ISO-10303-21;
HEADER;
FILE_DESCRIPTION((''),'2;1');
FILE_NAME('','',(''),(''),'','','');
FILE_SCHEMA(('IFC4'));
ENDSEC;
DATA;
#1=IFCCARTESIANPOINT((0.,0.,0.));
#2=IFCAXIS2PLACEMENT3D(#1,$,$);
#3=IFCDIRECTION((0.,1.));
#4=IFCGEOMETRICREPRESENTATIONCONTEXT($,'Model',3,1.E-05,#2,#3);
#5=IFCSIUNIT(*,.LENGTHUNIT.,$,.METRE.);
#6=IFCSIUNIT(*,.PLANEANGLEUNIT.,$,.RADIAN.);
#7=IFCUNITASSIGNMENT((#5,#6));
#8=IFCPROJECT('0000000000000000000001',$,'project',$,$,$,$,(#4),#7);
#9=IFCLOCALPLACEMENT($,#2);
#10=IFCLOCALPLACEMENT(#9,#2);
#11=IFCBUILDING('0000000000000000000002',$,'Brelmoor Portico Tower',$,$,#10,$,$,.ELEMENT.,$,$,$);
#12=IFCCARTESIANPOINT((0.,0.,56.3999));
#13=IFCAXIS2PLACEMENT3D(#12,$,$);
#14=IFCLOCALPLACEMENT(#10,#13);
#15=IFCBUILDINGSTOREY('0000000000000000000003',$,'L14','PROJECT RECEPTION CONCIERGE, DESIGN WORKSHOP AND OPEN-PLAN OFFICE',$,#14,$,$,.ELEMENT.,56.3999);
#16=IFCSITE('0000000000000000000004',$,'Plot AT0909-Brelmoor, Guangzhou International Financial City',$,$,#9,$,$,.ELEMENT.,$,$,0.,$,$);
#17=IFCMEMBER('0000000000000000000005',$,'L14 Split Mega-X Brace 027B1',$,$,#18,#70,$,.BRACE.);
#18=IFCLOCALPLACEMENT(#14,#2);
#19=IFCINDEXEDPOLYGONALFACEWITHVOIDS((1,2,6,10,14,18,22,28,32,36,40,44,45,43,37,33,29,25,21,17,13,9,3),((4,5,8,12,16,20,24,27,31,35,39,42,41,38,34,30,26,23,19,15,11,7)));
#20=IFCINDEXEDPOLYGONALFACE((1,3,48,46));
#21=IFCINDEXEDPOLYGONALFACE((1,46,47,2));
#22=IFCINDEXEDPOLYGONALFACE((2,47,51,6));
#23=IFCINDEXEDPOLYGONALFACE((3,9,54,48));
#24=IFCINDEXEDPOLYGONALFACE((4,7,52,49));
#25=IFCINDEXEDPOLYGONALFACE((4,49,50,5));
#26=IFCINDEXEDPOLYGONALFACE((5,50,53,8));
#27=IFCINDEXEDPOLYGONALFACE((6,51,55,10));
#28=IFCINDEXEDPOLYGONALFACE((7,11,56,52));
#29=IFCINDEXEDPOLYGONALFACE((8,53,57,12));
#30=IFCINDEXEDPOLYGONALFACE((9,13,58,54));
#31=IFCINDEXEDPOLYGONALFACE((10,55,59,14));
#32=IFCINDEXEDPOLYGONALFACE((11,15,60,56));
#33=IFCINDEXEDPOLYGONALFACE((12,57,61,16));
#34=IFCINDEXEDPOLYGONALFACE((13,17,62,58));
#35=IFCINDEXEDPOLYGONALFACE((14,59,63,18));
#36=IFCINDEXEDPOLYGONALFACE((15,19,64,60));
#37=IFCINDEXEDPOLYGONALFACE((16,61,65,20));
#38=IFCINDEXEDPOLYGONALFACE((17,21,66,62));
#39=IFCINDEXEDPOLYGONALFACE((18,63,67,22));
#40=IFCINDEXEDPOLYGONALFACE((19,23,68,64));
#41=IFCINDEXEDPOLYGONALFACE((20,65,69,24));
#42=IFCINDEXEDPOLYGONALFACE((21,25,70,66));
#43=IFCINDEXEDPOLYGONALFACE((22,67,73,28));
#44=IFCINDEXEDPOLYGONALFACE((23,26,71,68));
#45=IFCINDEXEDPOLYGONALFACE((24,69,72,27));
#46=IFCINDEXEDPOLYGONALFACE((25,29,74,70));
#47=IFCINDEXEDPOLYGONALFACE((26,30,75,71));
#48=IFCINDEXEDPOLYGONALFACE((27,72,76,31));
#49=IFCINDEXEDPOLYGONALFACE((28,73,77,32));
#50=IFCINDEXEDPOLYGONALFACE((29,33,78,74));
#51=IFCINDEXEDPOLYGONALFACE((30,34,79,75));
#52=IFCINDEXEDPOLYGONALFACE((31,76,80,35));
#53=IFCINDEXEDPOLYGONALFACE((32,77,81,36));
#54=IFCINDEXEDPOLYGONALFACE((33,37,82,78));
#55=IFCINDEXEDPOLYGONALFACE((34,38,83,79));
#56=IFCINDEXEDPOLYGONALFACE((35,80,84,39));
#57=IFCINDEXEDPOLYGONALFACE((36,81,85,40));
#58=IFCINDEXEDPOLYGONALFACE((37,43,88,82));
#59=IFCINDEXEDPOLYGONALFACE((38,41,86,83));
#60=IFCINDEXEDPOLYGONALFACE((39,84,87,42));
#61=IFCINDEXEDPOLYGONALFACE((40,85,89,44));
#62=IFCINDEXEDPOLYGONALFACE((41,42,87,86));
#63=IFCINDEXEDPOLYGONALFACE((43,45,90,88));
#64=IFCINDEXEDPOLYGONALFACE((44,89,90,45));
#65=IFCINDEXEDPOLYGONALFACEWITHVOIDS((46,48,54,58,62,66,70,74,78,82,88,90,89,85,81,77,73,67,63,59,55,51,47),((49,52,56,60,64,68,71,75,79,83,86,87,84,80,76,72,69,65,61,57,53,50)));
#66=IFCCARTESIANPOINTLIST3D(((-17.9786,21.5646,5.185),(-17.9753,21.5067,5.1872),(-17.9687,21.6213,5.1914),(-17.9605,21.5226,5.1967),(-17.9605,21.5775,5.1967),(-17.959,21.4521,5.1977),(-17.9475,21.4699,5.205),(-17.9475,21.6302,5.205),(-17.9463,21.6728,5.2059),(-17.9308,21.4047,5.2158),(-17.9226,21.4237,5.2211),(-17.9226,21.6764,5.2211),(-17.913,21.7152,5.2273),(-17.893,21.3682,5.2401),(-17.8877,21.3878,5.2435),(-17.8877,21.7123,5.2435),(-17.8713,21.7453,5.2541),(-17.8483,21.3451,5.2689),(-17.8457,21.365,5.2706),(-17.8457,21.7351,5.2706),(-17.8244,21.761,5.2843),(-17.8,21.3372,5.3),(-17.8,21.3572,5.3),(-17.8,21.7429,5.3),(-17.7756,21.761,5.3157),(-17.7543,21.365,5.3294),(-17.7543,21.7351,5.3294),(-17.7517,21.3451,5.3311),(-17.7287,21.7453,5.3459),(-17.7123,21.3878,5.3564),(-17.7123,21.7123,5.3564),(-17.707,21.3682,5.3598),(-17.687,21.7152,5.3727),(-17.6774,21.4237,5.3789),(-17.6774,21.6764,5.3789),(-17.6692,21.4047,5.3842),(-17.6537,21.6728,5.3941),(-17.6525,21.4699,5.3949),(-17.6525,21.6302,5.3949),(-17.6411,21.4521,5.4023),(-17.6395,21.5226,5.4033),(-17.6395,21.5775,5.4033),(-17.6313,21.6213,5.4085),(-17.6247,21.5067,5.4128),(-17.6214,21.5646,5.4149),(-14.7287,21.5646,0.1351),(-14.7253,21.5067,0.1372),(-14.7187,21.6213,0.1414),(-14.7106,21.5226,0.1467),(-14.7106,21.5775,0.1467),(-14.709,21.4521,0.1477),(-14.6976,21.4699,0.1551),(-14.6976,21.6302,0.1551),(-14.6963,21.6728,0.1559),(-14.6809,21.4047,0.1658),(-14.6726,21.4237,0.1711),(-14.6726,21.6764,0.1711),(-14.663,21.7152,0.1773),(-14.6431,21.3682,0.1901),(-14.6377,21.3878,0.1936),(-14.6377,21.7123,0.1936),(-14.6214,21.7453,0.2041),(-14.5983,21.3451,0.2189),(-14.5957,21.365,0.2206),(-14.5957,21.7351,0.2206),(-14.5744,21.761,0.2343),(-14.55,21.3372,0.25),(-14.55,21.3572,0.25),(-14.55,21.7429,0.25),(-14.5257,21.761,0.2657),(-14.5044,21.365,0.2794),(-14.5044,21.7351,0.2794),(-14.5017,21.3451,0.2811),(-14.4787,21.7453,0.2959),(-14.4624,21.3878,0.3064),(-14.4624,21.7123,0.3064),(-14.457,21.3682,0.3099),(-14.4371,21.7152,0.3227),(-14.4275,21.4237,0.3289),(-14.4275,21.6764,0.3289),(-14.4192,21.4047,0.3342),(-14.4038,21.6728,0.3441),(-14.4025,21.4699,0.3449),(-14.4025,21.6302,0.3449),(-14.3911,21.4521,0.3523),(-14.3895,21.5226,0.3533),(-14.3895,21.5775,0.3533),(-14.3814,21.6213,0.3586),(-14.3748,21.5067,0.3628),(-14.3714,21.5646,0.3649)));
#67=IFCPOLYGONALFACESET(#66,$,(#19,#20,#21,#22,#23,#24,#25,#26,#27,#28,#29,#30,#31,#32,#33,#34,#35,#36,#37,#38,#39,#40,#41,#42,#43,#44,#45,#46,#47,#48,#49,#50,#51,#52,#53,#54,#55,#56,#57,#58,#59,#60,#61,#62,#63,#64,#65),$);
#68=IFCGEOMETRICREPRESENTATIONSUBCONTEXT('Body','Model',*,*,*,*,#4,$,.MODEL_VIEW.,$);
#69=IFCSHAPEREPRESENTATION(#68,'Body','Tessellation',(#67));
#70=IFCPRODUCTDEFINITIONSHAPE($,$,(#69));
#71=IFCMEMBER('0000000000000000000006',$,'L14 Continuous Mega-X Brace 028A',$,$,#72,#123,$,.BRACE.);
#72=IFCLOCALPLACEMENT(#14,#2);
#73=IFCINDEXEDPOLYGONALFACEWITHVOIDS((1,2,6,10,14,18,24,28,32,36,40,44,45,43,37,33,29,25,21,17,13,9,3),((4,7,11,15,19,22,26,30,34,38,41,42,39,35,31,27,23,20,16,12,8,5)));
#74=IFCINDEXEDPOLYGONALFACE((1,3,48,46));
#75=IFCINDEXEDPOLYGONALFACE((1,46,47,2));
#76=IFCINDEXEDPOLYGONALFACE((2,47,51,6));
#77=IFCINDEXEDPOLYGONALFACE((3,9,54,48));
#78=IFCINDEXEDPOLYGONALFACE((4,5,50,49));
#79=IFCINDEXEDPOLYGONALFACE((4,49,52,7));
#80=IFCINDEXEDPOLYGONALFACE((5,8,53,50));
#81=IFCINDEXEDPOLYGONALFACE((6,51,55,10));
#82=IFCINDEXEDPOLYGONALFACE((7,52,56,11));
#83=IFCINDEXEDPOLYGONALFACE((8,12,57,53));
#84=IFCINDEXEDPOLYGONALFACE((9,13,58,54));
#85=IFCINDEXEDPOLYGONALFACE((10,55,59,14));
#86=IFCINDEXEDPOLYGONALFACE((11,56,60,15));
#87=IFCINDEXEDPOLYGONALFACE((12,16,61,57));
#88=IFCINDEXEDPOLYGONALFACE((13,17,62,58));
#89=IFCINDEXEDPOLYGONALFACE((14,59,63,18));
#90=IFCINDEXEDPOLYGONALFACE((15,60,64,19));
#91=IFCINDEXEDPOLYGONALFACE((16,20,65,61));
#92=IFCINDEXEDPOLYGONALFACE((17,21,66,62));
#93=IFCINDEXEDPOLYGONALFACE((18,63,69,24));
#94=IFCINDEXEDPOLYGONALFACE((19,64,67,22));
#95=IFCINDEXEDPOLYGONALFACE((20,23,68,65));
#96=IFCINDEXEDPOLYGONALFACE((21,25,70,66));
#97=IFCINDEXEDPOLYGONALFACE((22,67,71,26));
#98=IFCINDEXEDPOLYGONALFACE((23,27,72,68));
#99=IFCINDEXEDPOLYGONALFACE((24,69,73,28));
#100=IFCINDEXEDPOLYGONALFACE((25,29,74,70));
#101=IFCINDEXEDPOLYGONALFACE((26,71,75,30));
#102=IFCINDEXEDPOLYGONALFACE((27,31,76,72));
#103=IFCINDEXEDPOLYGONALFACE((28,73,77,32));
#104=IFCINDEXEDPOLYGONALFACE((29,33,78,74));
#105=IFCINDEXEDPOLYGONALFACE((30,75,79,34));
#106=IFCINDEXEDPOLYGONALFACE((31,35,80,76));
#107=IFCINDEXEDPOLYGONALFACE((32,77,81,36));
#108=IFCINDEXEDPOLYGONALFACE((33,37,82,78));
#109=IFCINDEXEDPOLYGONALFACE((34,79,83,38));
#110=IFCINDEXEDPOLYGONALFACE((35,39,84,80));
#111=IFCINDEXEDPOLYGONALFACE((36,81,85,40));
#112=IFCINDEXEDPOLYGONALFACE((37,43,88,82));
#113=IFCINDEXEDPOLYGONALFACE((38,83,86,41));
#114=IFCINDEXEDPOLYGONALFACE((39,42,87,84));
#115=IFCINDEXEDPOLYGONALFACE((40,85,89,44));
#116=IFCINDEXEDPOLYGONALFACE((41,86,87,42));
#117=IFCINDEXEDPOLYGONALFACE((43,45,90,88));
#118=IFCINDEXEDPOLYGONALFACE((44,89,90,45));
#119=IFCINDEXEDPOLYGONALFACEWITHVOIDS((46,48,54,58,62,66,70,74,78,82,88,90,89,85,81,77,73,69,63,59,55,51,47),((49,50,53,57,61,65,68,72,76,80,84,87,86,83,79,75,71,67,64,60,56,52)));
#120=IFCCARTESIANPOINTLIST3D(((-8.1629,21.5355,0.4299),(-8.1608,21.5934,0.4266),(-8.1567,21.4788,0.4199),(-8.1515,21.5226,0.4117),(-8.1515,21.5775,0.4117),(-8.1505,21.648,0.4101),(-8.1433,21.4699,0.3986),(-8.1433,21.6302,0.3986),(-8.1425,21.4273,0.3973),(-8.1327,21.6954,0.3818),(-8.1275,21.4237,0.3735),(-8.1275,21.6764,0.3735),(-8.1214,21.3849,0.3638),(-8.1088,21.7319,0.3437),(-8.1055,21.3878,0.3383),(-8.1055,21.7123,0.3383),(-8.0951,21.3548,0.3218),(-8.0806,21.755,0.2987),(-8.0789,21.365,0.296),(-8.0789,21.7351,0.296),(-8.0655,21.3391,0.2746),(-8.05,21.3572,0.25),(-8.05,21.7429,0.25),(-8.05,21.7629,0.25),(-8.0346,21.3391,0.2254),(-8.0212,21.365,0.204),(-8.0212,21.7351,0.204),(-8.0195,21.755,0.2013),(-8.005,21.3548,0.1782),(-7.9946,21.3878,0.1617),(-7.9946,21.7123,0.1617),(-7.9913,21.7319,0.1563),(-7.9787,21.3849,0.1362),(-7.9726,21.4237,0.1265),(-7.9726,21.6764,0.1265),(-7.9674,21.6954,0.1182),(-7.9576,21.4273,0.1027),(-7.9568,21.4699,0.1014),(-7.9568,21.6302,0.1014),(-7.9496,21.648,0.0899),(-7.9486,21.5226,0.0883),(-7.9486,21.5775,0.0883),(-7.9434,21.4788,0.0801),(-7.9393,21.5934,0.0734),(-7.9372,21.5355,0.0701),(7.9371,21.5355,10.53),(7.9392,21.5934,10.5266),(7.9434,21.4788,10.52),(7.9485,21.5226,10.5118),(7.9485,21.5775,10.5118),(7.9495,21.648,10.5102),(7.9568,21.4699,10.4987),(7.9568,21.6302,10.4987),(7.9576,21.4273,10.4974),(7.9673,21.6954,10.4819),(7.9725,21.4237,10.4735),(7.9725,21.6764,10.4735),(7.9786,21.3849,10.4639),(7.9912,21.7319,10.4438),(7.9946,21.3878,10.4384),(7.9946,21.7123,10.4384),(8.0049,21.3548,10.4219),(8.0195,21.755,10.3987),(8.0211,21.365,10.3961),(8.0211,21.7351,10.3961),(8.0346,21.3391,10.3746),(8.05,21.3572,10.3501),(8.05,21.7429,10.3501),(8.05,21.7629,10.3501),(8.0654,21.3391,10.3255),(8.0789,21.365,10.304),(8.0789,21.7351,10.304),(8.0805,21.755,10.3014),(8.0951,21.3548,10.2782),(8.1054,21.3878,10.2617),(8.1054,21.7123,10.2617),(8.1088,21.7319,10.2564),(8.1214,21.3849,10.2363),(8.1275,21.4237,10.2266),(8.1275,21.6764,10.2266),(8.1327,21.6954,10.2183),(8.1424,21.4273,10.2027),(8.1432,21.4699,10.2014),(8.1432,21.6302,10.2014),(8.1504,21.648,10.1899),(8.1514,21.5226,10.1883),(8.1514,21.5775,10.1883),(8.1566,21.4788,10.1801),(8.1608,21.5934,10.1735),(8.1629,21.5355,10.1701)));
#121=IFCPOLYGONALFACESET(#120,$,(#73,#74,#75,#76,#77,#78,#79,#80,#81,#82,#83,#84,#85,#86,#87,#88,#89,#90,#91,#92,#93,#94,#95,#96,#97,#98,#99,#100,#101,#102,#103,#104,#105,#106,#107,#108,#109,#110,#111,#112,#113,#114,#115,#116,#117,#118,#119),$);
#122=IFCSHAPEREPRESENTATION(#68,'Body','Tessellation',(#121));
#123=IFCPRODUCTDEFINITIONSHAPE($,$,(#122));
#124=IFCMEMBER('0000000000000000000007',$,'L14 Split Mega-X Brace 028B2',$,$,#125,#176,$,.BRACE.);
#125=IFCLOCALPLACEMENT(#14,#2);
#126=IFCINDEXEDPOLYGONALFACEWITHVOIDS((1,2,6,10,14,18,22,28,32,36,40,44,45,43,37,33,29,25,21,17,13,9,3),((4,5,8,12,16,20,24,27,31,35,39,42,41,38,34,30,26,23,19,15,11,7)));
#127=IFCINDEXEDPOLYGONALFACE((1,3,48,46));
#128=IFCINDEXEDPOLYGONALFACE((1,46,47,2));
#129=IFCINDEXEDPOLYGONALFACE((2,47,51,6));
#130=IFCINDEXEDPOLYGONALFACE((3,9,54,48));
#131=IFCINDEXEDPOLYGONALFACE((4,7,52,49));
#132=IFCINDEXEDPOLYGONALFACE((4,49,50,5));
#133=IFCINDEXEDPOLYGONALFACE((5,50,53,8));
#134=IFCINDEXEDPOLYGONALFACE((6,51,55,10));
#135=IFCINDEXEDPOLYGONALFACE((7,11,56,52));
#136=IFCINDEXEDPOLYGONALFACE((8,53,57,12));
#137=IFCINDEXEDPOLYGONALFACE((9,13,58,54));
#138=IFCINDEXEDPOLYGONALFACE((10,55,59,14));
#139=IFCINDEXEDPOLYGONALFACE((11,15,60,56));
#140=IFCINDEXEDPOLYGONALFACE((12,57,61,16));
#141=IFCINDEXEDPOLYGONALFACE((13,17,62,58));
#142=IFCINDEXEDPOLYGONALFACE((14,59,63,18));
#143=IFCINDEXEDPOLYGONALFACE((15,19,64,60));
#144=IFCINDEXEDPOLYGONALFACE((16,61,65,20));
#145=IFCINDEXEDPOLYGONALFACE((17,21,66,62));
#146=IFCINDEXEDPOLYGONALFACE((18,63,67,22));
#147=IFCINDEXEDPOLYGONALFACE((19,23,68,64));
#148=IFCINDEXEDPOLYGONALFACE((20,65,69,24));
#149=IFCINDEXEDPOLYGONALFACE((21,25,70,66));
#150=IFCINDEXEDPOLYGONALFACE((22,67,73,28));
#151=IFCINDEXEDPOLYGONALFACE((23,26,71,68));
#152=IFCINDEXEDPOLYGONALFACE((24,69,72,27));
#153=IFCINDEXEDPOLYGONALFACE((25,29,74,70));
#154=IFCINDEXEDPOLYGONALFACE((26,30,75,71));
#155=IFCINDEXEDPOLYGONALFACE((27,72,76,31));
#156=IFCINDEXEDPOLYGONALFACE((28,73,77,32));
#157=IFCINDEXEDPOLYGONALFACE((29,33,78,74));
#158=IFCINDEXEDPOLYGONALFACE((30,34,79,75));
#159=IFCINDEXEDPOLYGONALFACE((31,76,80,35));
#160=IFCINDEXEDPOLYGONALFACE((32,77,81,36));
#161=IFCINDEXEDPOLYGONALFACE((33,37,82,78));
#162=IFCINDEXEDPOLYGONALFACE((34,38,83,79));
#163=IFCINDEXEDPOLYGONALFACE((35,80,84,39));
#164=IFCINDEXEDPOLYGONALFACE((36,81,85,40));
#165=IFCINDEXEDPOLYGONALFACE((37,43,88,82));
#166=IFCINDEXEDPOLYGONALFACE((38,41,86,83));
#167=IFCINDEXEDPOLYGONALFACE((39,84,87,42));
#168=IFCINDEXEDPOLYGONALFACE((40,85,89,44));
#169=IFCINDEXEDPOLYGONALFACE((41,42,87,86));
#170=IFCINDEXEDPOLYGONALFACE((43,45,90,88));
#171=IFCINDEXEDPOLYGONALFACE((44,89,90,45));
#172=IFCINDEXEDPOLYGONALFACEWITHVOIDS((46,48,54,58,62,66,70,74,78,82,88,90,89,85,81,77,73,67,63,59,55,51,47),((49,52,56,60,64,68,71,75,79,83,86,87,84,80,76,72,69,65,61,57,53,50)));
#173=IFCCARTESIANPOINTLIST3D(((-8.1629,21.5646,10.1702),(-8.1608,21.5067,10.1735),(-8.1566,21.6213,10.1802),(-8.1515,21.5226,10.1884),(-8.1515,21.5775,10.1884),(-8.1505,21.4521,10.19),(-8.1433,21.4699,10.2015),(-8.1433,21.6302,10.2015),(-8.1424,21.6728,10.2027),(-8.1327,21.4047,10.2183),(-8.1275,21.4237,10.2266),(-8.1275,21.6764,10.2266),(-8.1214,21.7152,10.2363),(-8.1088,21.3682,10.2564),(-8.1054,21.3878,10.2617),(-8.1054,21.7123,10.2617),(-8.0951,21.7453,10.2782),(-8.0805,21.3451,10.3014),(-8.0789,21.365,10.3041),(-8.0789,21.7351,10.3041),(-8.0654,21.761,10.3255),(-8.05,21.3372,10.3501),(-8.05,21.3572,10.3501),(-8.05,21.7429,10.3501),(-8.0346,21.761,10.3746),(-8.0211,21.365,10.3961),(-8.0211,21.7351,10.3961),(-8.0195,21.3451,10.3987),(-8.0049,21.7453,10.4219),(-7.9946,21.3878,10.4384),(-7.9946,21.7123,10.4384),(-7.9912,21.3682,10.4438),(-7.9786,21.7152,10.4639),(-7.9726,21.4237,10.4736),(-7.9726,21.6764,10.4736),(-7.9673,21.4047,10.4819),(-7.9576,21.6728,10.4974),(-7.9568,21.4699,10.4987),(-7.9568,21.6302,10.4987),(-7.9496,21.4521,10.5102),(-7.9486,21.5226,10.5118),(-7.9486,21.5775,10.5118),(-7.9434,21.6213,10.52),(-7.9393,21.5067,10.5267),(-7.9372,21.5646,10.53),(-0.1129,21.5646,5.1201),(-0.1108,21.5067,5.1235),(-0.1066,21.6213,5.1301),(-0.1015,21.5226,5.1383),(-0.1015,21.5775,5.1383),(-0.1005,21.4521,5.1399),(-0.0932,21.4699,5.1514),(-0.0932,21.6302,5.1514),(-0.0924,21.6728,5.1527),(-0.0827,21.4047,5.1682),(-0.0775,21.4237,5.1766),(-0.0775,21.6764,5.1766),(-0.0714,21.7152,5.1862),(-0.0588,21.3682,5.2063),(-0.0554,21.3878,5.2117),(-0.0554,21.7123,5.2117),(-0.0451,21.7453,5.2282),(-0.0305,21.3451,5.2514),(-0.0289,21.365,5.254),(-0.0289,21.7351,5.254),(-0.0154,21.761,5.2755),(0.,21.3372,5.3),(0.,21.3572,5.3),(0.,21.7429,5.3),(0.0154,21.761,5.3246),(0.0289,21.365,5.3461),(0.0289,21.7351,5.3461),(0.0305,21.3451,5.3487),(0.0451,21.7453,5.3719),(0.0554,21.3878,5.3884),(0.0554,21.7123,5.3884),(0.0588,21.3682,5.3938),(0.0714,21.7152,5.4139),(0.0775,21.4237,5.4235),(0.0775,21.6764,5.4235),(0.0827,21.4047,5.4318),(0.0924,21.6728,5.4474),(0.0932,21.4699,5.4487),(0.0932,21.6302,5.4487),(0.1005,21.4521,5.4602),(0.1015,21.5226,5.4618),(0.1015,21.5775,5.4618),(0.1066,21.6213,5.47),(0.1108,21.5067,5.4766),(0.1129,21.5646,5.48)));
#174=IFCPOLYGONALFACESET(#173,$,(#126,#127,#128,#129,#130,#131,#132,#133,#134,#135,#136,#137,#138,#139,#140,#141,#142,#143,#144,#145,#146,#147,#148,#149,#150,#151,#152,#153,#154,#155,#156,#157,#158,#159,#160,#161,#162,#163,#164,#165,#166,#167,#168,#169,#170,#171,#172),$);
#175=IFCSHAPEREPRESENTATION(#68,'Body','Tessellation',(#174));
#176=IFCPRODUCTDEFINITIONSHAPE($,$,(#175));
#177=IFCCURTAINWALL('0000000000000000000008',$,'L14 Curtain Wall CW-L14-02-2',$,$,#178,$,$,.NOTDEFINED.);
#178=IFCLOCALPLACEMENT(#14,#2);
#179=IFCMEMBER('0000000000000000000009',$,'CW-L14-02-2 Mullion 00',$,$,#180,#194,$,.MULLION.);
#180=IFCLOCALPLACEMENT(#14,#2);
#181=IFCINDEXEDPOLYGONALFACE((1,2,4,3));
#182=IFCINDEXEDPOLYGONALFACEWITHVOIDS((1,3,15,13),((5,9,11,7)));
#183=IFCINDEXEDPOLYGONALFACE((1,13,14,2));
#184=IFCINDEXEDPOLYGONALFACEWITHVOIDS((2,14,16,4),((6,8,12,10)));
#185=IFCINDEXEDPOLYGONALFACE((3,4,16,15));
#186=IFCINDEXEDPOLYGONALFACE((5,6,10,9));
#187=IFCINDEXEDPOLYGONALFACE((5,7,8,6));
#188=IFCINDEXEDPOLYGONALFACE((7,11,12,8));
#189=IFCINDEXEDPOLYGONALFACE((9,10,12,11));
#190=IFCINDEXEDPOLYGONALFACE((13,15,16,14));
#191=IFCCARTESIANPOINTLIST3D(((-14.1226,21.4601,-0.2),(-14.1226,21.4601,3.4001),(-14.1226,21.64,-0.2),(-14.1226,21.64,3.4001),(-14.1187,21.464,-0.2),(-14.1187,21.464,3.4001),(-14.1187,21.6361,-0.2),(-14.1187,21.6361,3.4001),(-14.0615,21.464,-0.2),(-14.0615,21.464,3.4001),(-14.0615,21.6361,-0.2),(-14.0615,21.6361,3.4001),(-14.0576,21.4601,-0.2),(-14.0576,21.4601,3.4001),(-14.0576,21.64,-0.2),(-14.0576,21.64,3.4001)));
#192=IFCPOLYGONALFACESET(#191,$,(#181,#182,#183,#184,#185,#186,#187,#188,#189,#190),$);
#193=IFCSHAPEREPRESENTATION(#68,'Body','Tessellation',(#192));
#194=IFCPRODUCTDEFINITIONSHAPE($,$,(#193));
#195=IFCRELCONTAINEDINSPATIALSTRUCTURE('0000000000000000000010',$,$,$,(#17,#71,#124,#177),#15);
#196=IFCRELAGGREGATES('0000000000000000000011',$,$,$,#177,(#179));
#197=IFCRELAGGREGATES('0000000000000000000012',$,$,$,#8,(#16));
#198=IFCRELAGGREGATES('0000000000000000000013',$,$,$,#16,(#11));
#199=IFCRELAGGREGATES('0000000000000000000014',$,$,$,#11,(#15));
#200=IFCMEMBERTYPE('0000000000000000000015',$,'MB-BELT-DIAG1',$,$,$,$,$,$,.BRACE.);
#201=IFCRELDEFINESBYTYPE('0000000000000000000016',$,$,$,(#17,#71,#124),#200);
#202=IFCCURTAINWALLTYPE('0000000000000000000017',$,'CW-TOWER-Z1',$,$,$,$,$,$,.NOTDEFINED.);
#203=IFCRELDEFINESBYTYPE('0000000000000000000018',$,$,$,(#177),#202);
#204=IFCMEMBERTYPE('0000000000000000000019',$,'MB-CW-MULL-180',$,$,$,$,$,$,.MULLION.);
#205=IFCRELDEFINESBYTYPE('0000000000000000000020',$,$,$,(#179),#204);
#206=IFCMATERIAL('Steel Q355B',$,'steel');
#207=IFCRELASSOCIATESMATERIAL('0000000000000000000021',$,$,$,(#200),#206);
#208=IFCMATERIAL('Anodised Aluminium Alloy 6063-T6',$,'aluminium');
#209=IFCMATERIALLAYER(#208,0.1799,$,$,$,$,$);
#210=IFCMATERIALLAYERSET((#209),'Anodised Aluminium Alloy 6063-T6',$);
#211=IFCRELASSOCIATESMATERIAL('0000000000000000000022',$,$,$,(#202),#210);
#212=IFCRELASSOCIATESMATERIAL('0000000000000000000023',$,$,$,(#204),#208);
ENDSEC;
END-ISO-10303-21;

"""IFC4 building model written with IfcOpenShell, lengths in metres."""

from ifc_helpers import new_model, si_unit, direction, frame, origin, origin_2d, place, context, subcontext, project, spatial, hollow_rectangle, hollow_circle, extrude, material, layer, layer_set, material_profile, profile_set, type_object, element, aggregate, save


model = new_model("IFC4")

# Units and contexts
model_context = context("Model", 3, precision=1e-05, world=origin(), true_north=direction((0.0, 1.0)))
body_context = subcontext(model_context, "Body", "Model", "MODEL_VIEW")
ifc_project = project(units=[si_unit("LENGTHUNIT", "METRE"), si_unit("PLANEANGLEUNIT", "RADIAN")], contexts=[model_context])

# Site, building, storey
site_placement = place(None, origin())
site = spatial("IfcSite", under=ifc_project, at=site_placement, Name="Plot AT0909-Brelmoor, Guangzhou International Financial City", CompositionType="ELEMENT", RefElevation=0.0)
building_placement = place(site_placement, origin())
building = spatial("IfcBuilding", under=site, at=building_placement, Name="Brelmoor Portico Tower", CompositionType="ELEMENT")
storey_placement = place(building_placement, frame((0.0, 0.0, 56.3999)))
storey = spatial("IfcBuildingStorey", under=building, at=storey_placement, Name="L14", Description="PROJECT RECEPTION CONCIERGE, DESIGN WORKSHOP AND OPEN-PLAN OFFICE", CompositionType="ELEMENT", Elevation=56.3999)

# Shared definitions
ifc_material_1 = material(Name="Steel Q355B", Category="steel")

# Members
ifc_material_profile_1 = material_profile(ifc_material_1, hollow_circle(Radius=0.2129, WallThickness=0.02, at=origin_2d()), Name="CHS 426x20")
ifc_profile_set_1 = profile_set([ifc_material_profile_1], Name="Steel Q355B")
member_type_1 = type_object("IfcMemberType", Name="MB-BELT-DIAG1", PredefinedType="BRACE", material=ifc_profile_set_1)
member_1_placement = place(storey_placement, frame((-14.55, 21.55, 0.25), z_axis=(-0.541175, 0.0, 0.84091), x_axis=(0.0, -1.0, 0.0)))
element("IfcMember", 1, at=member_1_placement, inside=storey, type_object=member_type_1, Name="L14 Split Mega-X Brace 027B1", PredefinedType="BRACE", context=body_context, shape_type="SweptSolid", body=[
    extrude(hollow_circle(Radius=0.2129, WallThickness=0.02, at=origin_2d()), origin(), (0.0, 0.0, 1.0), 6.0054),
])
member_2_placement = place(storey_placement, frame((-8.05, 21.55, 0.25), z_axis=(0.847109, 0.0, 0.531418), x_axis=(0.0, 1.0, 0.0)))
element("IfcMember", 2, at=member_2_placement, inside=storey, type_object=member_type_1, Name="L14 Continuous Mega-X Brace 028A", PredefinedType="BRACE", context=body_context, shape_type="SweptSolid", body=[
    extrude(hollow_circle(Radius=0.2129, WallThickness=0.02, at=origin_2d()), origin(), (0.0, 0.0, 1.0), 19.0059),
])
member_3_placement = place(storey_placement, frame((0.0, 21.55, 5.3), z_axis=(-0.847109, 0.0, 0.531418), x_axis=(0.0, -1.0, 0.0)))
element("IfcMember", 3, at=member_3_placement, inside=storey, type_object=member_type_1, Name="L14 Split Mega-X Brace 028B2", PredefinedType="BRACE", context=body_context, shape_type="SweptSolid", body=[
    extrude(hollow_circle(Radius=0.2129, WallThickness=0.02, at=origin_2d()), origin(), (0.0, 0.0, 1.0), 9.5029),
])

# Curtain wall, member
ifc_material_2 = material(Name="Anodised Aluminium Alloy 6063-T6", Category="aluminium")
ifc_layer_1 = layer(ifc_material_2, 0.1799)
ifc_layer_set_1 = layer_set([ifc_layer_1], Name="Anodised Aluminium Alloy 6063-T6")
curtain_wall_type_1 = type_object("IfcCurtainWallType", Name="CW-TOWER-Z1", PredefinedType="NOTDEFINED", material=ifc_layer_set_1)
curtain_wall_1_placement = place(storey_placement, origin())
curtain_wall_1 = element("IfcCurtainWall", 4, at=curtain_wall_1_placement, inside=storey, type_object=curtain_wall_type_1, Name="L14 Curtain Wall CW-L14-02-2", PredefinedType="NOTDEFINED")
ifc_material_profile_2 = material_profile(ifc_material_2, hollow_rectangle(XDim=0.0649, YDim=0.1799, WallThickness=0.0039, at=origin_2d()), Name="ALU MULLION 65x180")
ifc_profile_set_2 = profile_set([ifc_material_profile_2], Name="Anodised Aluminium Alloy 6063-T6")
member_type_2 = type_object("IfcMemberType", Name="MB-CW-MULL-180", PredefinedType="MULLION", material=ifc_profile_set_2)
member_4_placement = place(storey_placement, frame((-14.0901, 21.55, -0.2), z_axis=(0.0, 0.0, 1.0), x_axis=(1.0, 0.0, 0.0)))
member_4 = element("IfcMember", 5, at=member_4_placement, type_object=member_type_2, Name="CW-L14-02-2 Mullion 00", PredefinedType="MULLION", context=body_context, shape_type="SweptSolid", body=[
    extrude(hollow_rectangle(XDim=0.0649, YDim=0.1799, WallThickness=0.0039, at=origin_2d()), origin(), (0.0, 0.0, 1.0), 3.6001),
])

aggregate(curtain_wall_1, [member_4])

save(model, "model.ifc")
